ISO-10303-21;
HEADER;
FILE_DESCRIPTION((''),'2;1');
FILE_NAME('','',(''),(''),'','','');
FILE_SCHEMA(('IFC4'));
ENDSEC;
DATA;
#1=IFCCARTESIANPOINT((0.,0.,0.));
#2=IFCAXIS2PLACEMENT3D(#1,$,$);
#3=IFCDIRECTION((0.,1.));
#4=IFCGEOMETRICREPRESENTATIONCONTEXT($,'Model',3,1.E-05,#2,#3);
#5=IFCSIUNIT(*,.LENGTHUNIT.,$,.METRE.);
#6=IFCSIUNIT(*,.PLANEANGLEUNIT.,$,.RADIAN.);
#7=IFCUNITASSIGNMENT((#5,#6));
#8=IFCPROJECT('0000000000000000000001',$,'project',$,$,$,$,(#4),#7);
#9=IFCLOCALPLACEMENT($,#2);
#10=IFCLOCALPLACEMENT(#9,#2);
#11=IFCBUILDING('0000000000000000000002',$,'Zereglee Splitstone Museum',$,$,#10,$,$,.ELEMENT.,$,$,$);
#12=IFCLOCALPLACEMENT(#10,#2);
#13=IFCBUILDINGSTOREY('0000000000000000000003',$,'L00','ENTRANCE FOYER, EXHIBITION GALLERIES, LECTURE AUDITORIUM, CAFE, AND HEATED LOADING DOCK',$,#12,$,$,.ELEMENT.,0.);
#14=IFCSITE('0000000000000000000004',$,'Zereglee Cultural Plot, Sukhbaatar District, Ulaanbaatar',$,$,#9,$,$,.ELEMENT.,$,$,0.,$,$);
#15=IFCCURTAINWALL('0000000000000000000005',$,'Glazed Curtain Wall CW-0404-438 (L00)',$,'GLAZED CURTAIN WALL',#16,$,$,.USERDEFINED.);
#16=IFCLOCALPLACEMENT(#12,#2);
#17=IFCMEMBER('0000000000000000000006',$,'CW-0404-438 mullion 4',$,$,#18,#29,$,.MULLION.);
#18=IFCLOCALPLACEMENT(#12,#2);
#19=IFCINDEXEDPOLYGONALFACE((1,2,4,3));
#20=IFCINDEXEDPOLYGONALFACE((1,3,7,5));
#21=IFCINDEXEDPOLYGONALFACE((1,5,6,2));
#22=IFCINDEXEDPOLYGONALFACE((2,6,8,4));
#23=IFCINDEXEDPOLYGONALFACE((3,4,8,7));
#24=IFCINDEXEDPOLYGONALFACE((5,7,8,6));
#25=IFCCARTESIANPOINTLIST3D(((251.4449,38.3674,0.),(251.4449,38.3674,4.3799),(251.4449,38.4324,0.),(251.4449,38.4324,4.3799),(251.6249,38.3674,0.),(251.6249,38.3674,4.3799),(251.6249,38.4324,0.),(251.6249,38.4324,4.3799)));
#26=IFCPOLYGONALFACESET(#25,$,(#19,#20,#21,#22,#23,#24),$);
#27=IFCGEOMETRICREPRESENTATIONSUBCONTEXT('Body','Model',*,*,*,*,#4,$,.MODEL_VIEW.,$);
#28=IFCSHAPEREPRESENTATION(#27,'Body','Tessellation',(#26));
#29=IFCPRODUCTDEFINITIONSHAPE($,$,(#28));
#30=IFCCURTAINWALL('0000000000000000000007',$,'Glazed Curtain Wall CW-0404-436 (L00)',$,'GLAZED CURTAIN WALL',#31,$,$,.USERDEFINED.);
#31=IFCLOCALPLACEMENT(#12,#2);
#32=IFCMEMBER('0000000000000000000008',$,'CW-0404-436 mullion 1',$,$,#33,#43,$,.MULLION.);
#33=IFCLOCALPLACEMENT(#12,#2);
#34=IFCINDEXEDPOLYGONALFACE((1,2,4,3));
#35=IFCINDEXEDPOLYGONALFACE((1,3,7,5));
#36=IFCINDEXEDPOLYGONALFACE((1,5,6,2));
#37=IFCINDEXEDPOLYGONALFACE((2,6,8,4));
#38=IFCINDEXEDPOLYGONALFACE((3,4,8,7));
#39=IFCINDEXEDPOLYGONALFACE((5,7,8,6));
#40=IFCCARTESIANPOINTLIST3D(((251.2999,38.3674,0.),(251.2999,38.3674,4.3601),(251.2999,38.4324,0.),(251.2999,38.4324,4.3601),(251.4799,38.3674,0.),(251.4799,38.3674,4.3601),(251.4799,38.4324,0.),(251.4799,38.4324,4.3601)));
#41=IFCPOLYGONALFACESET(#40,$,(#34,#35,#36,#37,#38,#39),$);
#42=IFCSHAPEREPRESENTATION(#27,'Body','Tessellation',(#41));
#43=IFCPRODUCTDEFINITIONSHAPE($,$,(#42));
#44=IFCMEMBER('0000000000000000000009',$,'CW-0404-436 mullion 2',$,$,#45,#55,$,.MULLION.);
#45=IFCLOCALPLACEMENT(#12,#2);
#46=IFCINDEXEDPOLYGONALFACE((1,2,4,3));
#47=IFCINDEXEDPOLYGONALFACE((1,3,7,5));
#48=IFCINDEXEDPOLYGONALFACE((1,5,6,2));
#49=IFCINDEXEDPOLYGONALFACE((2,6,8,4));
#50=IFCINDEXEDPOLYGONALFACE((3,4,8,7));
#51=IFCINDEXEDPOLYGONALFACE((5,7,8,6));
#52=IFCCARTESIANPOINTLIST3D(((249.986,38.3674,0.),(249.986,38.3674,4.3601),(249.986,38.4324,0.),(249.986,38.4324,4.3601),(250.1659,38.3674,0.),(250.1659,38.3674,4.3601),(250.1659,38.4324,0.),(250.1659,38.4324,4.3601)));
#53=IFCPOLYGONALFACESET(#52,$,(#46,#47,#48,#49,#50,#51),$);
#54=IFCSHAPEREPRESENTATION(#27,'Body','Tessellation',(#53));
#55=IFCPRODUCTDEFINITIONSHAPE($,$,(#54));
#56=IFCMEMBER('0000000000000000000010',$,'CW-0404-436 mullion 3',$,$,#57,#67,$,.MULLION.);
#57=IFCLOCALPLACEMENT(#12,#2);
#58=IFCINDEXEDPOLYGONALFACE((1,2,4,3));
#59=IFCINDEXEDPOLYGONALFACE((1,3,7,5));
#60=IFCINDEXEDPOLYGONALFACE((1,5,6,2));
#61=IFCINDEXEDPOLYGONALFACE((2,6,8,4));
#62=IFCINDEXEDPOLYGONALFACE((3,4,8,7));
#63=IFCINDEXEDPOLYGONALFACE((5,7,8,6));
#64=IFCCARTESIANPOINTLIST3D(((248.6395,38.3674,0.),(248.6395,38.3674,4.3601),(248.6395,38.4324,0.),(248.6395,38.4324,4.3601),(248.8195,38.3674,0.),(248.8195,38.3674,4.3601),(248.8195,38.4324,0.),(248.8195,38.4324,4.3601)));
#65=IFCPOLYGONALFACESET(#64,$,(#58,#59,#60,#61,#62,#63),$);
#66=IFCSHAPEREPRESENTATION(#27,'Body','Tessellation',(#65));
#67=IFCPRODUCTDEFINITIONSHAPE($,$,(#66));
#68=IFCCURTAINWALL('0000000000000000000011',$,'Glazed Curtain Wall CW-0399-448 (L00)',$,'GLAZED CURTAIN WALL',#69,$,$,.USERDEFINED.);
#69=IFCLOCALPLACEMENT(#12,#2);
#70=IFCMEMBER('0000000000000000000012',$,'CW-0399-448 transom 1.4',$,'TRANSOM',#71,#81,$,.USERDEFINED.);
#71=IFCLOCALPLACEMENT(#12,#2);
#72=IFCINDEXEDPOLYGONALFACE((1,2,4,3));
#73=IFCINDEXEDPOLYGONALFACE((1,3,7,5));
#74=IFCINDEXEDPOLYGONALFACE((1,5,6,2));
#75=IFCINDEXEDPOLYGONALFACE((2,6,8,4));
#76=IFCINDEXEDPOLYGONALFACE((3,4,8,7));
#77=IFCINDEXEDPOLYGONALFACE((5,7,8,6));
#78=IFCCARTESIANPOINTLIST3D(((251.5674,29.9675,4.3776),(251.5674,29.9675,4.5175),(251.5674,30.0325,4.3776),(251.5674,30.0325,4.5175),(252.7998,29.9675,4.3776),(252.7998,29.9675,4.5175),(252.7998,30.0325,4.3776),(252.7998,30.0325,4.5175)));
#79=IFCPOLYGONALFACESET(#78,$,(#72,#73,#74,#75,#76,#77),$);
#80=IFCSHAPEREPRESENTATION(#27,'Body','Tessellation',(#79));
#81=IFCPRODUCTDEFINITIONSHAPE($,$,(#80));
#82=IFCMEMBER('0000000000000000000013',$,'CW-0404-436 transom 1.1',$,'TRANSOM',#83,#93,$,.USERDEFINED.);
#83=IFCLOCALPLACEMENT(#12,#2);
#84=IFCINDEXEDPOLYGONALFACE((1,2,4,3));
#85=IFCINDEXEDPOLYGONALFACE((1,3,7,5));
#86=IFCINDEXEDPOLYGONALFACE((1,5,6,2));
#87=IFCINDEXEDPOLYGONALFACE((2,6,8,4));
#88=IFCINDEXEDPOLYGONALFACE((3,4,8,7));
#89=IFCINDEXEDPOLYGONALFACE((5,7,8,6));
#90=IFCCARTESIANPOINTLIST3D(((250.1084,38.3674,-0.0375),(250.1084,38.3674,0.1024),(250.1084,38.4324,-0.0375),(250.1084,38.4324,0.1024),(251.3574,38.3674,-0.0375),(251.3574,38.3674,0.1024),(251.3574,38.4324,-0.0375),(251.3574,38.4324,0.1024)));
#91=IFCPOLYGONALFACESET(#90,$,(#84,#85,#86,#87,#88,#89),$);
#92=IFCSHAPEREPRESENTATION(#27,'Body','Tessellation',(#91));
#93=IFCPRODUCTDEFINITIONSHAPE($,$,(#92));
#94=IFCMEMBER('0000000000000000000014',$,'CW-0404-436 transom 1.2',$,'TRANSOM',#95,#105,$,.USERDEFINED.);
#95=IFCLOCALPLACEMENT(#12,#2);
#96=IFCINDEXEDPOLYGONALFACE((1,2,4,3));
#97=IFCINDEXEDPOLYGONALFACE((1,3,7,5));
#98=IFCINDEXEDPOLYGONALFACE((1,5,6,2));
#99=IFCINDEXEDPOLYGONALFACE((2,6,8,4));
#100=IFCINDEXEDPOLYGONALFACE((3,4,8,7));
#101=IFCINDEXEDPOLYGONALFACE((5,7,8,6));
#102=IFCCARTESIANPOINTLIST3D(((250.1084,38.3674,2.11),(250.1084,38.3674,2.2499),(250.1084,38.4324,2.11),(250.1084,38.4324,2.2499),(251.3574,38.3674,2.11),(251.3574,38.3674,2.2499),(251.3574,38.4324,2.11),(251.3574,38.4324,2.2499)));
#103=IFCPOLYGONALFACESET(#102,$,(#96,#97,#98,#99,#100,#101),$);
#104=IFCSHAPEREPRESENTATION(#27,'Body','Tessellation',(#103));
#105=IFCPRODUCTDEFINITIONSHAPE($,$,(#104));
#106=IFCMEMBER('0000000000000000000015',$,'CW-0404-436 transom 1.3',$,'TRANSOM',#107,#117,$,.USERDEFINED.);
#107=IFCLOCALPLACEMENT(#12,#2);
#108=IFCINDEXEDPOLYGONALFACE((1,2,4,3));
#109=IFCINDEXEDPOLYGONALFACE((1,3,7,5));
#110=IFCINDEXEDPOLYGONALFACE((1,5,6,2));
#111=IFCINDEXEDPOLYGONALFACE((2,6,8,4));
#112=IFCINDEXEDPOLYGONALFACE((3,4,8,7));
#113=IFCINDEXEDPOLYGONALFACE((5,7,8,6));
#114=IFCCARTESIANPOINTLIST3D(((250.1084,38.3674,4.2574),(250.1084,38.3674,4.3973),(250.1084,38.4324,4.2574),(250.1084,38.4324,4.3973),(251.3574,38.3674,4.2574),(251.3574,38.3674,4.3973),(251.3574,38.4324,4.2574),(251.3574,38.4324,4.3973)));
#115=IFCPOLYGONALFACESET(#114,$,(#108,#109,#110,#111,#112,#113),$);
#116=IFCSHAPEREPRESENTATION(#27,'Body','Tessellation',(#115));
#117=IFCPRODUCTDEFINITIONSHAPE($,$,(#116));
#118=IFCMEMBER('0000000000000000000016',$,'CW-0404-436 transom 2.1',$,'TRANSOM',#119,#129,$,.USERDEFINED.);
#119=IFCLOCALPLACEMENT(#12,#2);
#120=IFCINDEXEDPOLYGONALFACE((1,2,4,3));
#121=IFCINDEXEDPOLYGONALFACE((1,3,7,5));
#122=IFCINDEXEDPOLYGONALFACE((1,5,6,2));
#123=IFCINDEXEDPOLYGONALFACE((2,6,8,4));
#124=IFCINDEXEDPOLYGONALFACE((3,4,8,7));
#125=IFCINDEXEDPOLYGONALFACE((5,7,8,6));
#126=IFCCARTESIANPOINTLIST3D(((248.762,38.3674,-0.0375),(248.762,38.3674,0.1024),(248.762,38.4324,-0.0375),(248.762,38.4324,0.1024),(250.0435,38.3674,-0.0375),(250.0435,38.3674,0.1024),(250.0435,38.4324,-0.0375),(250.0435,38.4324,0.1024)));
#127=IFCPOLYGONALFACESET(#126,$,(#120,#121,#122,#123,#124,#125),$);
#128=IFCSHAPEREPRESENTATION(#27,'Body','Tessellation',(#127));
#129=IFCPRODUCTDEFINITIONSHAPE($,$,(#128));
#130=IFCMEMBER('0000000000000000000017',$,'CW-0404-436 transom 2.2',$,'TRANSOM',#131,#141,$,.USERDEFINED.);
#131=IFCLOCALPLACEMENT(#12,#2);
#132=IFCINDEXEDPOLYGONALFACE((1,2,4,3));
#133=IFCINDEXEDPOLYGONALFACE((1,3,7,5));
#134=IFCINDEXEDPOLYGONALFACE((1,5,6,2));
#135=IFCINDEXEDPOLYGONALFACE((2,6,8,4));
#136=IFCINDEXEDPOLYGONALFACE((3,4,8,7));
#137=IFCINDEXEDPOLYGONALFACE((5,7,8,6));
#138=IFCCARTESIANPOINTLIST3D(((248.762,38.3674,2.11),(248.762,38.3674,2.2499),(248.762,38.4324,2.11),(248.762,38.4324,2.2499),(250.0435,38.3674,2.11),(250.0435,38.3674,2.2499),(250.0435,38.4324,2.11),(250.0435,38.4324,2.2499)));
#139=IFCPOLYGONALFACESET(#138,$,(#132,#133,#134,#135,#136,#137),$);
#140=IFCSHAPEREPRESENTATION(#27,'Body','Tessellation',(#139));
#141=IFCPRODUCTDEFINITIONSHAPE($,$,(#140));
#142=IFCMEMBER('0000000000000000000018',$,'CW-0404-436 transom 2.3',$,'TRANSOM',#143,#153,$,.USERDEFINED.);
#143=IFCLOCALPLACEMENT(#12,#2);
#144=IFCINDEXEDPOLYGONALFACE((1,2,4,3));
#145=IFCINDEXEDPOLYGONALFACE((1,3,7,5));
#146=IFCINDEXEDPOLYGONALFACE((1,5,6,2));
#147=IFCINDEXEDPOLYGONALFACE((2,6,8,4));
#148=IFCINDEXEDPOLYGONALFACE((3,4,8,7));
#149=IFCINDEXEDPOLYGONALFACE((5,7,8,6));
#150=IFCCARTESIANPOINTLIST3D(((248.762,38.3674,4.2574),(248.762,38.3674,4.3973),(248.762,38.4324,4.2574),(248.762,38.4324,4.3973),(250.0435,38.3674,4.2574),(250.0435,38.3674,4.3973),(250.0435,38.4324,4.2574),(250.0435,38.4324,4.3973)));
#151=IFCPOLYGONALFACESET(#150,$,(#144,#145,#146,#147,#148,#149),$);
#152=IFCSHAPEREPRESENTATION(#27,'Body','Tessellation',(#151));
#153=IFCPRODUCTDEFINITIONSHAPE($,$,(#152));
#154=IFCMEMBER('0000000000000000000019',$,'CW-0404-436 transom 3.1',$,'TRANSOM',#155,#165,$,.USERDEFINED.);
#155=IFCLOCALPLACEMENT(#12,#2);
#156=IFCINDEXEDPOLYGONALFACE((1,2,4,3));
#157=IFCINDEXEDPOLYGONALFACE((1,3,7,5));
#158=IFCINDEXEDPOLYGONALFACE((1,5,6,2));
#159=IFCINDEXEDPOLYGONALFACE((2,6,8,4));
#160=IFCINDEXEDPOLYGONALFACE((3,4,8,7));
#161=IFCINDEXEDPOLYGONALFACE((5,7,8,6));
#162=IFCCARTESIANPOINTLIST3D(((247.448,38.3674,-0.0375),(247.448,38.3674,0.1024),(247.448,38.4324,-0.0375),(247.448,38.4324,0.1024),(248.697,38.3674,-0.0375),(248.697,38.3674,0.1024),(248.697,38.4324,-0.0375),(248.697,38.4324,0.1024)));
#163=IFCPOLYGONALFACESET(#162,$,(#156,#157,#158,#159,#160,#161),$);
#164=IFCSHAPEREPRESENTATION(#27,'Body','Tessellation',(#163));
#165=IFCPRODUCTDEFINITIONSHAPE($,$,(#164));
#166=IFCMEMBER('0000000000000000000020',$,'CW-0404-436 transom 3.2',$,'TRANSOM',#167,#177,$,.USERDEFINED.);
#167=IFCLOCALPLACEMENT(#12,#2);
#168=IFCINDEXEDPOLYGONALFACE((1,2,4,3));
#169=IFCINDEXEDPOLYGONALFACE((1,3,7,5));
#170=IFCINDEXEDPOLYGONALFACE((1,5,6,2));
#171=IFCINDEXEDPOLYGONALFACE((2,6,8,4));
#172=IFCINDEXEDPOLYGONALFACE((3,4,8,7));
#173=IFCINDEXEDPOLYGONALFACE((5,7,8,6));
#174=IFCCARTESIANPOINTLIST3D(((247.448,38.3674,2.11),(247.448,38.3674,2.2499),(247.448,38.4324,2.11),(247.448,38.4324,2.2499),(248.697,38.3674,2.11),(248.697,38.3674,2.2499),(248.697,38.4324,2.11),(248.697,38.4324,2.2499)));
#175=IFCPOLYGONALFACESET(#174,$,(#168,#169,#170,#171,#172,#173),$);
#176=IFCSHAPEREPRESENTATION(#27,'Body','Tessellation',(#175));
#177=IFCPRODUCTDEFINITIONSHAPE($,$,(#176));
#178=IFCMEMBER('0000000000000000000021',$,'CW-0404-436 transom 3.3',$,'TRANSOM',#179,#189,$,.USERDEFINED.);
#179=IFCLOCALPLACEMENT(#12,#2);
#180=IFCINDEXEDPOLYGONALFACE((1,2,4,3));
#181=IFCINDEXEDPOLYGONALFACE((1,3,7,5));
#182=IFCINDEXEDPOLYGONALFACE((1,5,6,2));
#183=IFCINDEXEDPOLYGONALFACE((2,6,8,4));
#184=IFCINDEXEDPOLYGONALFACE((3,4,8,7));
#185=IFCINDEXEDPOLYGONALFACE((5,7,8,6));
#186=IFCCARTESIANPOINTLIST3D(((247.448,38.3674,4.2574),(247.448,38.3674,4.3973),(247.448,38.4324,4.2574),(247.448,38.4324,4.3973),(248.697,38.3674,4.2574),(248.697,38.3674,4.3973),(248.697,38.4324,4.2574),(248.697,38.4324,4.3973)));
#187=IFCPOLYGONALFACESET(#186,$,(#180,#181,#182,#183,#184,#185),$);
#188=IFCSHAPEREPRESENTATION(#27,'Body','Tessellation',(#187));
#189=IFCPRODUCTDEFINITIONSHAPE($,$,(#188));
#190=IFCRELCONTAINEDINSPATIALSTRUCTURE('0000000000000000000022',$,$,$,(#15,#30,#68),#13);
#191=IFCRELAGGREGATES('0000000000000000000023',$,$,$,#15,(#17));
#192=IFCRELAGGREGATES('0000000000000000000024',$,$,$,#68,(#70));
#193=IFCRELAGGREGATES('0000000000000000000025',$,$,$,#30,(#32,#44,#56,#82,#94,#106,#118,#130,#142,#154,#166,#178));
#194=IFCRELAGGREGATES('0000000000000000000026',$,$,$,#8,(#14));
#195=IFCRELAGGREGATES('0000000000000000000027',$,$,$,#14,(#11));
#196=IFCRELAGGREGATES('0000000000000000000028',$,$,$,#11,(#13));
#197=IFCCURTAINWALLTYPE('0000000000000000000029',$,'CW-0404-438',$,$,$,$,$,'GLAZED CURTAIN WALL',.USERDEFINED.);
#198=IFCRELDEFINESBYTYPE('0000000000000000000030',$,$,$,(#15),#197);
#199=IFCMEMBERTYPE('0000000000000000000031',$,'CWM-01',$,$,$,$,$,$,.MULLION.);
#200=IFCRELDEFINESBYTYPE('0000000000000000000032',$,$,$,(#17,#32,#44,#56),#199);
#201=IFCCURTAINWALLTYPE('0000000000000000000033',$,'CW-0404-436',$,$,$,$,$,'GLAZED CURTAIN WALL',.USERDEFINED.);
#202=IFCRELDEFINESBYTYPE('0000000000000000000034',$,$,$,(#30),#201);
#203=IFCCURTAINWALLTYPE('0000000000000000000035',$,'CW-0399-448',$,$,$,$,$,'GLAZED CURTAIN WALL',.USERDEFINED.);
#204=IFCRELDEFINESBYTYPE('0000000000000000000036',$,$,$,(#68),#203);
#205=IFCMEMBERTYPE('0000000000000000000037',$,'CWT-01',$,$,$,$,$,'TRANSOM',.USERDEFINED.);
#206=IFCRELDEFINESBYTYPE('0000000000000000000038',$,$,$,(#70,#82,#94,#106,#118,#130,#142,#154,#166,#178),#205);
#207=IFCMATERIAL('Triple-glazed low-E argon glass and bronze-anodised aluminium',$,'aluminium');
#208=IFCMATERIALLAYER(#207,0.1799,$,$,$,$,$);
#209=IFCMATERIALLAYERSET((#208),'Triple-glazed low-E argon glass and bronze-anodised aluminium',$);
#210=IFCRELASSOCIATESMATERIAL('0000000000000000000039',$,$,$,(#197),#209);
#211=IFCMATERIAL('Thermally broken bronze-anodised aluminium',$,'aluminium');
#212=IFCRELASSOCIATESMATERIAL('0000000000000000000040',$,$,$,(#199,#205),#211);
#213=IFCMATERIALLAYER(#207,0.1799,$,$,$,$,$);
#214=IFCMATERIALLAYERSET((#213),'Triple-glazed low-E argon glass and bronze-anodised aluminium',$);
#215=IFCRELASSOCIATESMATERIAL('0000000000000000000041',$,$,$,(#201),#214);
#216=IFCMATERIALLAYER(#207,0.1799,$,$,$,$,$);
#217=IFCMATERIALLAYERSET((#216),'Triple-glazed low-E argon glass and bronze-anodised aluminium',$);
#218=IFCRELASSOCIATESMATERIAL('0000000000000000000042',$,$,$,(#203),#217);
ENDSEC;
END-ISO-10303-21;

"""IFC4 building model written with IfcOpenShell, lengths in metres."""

from ifc_helpers import new_model, si_unit, direction, frame, origin, origin_2d, place, context, subcontext, project, spatial, rectangle, extrude, material, layer, layer_set, material_profile, profile_set, type_object, element, aggregate, save


model = new_model("IFC4")

# Units and contexts
model_context = context("Model", 3, precision=1e-05, world=origin(), true_north=direction((0.0, 1.0)))
body_context = subcontext(model_context, "Body", "Model", "MODEL_VIEW")
ifc_project = project(units=[si_unit("LENGTHUNIT", "METRE"), si_unit("PLANEANGLEUNIT", "RADIAN")], contexts=[model_context])

# Site, building, storey
site_placement = place(None, origin())
site = spatial("IfcSite", under=ifc_project, at=site_placement, Name="Zereglee Cultural Plot, Sukhbaatar District, Ulaanbaatar", CompositionType="ELEMENT", RefElevation=0.0)
building_placement = place(site_placement, origin())
building = spatial("IfcBuilding", under=site, at=building_placement, Name="Zereglee Splitstone Museum", CompositionType="ELEMENT")
storey_placement = place(building_placement, origin())
storey = spatial("IfcBuildingStorey", under=building, at=storey_placement, Name="L00", Description="ENTRANCE FOYER, EXHIBITION GALLERIES, LECTURE AUDITORIUM, CAFE, AND HEATED LOADING DOCK", CompositionType="ELEMENT", Elevation=0.0)

# Curtain wall, member
ifc_material_1 = material(Name="Triple-glazed low-E argon glass and bronze-anodised aluminium", Category="aluminium")
ifc_layer_1 = layer(ifc_material_1, 0.1799)
ifc_layer_set_1 = layer_set([ifc_layer_1], Name="Triple-glazed low-E argon glass and bronze-anodised aluminium")
curtain_wall_type_1 = type_object("IfcCurtainWallType", Name="CW-0404-438", ElementType="GLAZED CURTAIN WALL", PredefinedType="USERDEFINED", material=ifc_layer_set_1)
curtain_wall_1_placement = place(storey_placement, origin())
curtain_wall_1 = element("IfcCurtainWall", 1, at=curtain_wall_1_placement, inside=storey, type_object=curtain_wall_type_1, Name="Glazed Curtain Wall CW-0404-438 (L00)", ObjectType="GLAZED CURTAIN WALL", PredefinedType="USERDEFINED")
ifc_material_2 = material(Name="Thermally broken bronze-anodised aluminium", Category="aluminium")
ifc_material_profile_1 = material_profile(ifc_material_2, rectangle(XDim=0.0649, YDim=0.1799, at=origin_2d()), Name="CW MULL 65x180")
ifc_profile_set_1 = profile_set([ifc_material_profile_1], Name="Thermally broken bronze-anodised aluminium")
member_type_1 = type_object("IfcMemberType", Name="CWM-01", PredefinedType="MULLION", material=ifc_profile_set_1)
member_1_placement = place(storey_placement, frame((251.5349, 38.3999, 0.0), z_axis=(0.0, 0.0, 1.0), x_axis=(0.0, -1.0, 0.0)))
member_1 = element("IfcMember", 2, at=member_1_placement, type_object=member_type_1, Name="CW-0404-438 mullion 4", PredefinedType="MULLION", context=body_context, shape_type="SweptSolid", body=[
    extrude(rectangle(XDim=0.0649, YDim=0.1799, at=origin_2d()), origin(), (0.0, 0.0, 1.0), 4.3799),
])
aggregate(curtain_wall_1, [member_1])

# Curtain wall, members
ifc_layer_2 = layer(ifc_material_1, 0.1799)
ifc_layer_set_2 = layer_set([ifc_layer_2], Name="Triple-glazed low-E argon glass and bronze-anodised aluminium")
curtain_wall_type_2 = type_object("IfcCurtainWallType", Name="CW-0404-436", ElementType="GLAZED CURTAIN WALL", PredefinedType="USERDEFINED", material=ifc_layer_set_2)
curtain_wall_2_placement = place(storey_placement, origin())
curtain_wall_2 = element("IfcCurtainWall", 3, at=curtain_wall_2_placement, inside=storey, type_object=curtain_wall_type_2, Name="Glazed Curtain Wall CW-0404-436 (L00)", ObjectType="GLAZED CURTAIN WALL", PredefinedType="USERDEFINED")
member_2_placement = place(storey_placement, frame((251.3899, 38.3999, 0.0), z_axis=(0.0, 0.0, 1.0), x_axis=(0.0, -1.0, 0.0)))
member_2 = element("IfcMember", 4, at=member_2_placement, type_object=member_type_1, Name="CW-0404-436 mullion 1", PredefinedType="MULLION", context=body_context, shape_type="SweptSolid", body=[
    extrude(rectangle(XDim=0.0649, YDim=0.1799, at=origin_2d()), origin(), (0.0, 0.0, 1.0), 4.3601),
])
member_3_placement = place(storey_placement, frame((250.0759, 38.3999, 0.0), z_axis=(0.0, 0.0, 1.0), x_axis=(0.0, -1.0, 0.0)))
member_3 = element("IfcMember", 5, at=member_3_placement, type_object=member_type_1, Name="CW-0404-436 mullion 2", PredefinedType="MULLION", context=body_context, shape_type="SweptSolid", body=[
    extrude(rectangle(XDim=0.0649, YDim=0.1799, at=origin_2d()), origin(), (0.0, 0.0, 1.0), 4.3601),
])
member_4_placement = place(storey_placement, frame((248.7295, 38.3999, 0.0), z_axis=(0.0, 0.0, 1.0), x_axis=(0.0, -1.0, 0.0)))
member_4 = element("IfcMember", 6, at=member_4_placement, type_object=member_type_1, Name="CW-0404-436 mullion 3", PredefinedType="MULLION", context=body_context, shape_type="SweptSolid", body=[
    extrude(rectangle(XDim=0.0649, YDim=0.1799, at=origin_2d()), origin(), (0.0, 0.0, 1.0), 4.3601),
])

# Curtain wall, member
ifc_layer_3 = layer(ifc_material_1, 0.1799)
ifc_layer_set_3 = layer_set([ifc_layer_3], Name="Triple-glazed low-E argon glass and bronze-anodised aluminium")
curtain_wall_type_3 = type_object("IfcCurtainWallType", Name="CW-0399-448", ElementType="GLAZED CURTAIN WALL", PredefinedType="USERDEFINED", material=ifc_layer_set_3)
curtain_wall_3_placement = place(storey_placement, origin())
curtain_wall_3 = element("IfcCurtainWall", 7, at=curtain_wall_3_placement, inside=storey, type_object=curtain_wall_type_3, Name="Glazed Curtain Wall CW-0399-448 (L00)", ObjectType="GLAZED CURTAIN WALL", PredefinedType="USERDEFINED")
ifc_material_profile_2 = material_profile(ifc_material_2, rectangle(XDim=0.0649, YDim=0.1399, at=origin_2d()), Name="CW TRAN 65x140")
ifc_profile_set_2 = profile_set([ifc_material_profile_2], Name="Thermally broken bronze-anodised aluminium")
member_type_2 = type_object("IfcMemberType", Name="CWT-01", ElementType="TRANSOM", PredefinedType="USERDEFINED", material=ifc_profile_set_2)
member_5_placement = place(storey_placement, frame((251.5674, 30.0, 4.4475), z_axis=(1.0, 0.0, 0.0), x_axis=(0.0, 1.0, 0.0)))
member_5 = element("IfcMember", 8, at=member_5_placement, type_object=member_type_2, Name="CW-0399-448 transom 1.4", ObjectType="TRANSOM", PredefinedType="USERDEFINED", context=body_context, shape_type="SweptSolid", body=[
    extrude(rectangle(XDim=0.0649, YDim=0.1399, at=origin_2d()), origin(), (0.0, 0.0, 1.0), 1.2324),
])
aggregate(curtain_wall_3, [member_5])

# Members
member_6_placement = place(storey_placement, frame((251.3574, 38.3999, 0.0325), z_axis=(-1.0, 0.0, 0.0), x_axis=(0.0, -1.0, 0.0)))
member_6 = element("IfcMember", 9, at=member_6_placement, type_object=member_type_2, Name="CW-0404-436 transom 1.1", ObjectType="TRANSOM", PredefinedType="USERDEFINED", context=body_context, shape_type="SweptSolid", body=[
    extrude(rectangle(XDim=0.0649, YDim=0.1399, at=origin_2d()), origin(), (0.0, 0.0, 1.0), 1.249),
])
member_7_placement = place(storey_placement, frame((251.3574, 38.3999, 2.1799), z_axis=(-1.0, 0.0, 0.0), x_axis=(0.0, -1.0, 0.0)))
member_7 = element("IfcMember", 10, at=member_7_placement, type_object=member_type_2, Name="CW-0404-436 transom 1.2", ObjectType="TRANSOM", PredefinedType="USERDEFINED", context=body_context, shape_type="SweptSolid", body=[
    extrude(rectangle(XDim=0.0649, YDim=0.1399, at=origin_2d()), origin(), (0.0, 0.0, 1.0), 1.249),
])
member_8_placement = place(storey_placement, frame((251.3574, 38.3999, 4.3274), z_axis=(-1.0, 0.0, 0.0), x_axis=(0.0, -1.0, 0.0)))
member_8 = element("IfcMember", 11, at=member_8_placement, type_object=member_type_2, Name="CW-0404-436 transom 1.3", ObjectType="TRANSOM", PredefinedType="USERDEFINED", context=body_context, shape_type="SweptSolid", body=[
    extrude(rectangle(XDim=0.0649, YDim=0.1399, at=origin_2d()), origin(), (0.0, 0.0, 1.0), 1.249),
])
member_9_placement = place(storey_placement, frame((250.0435, 38.3999, 0.0325), z_axis=(-1.0, 0.0, 0.0), x_axis=(0.0, -1.0, 0.0)))
member_9 = element("IfcMember", 12, at=member_9_placement, type_object=member_type_2, Name="CW-0404-436 transom 2.1", ObjectType="TRANSOM", PredefinedType="USERDEFINED", context=body_context, shape_type="SweptSolid", body=[
    extrude(rectangle(XDim=0.0649, YDim=0.1399, at=origin_2d()), origin(), (0.0, 0.0, 1.0), 1.2815),
])
member_10_placement = place(storey_placement, frame((250.0435, 38.3999, 2.1799), z_axis=(-1.0, 0.0, 0.0), x_axis=(0.0, -1.0, 0.0)))
member_10 = element("IfcMember", 13, at=member_10_placement, type_object=member_type_2, Name="CW-0404-436 transom 2.2", ObjectType="TRANSOM", PredefinedType="USERDEFINED", context=body_context, shape_type="SweptSolid", body=[
    extrude(rectangle(XDim=0.0649, YDim=0.1399, at=origin_2d()), origin(), (0.0, 0.0, 1.0), 1.2815),
])
member_11_placement = place(storey_placement, frame((250.0435, 38.3999, 4.3274), z_axis=(-1.0, 0.0, 0.0), x_axis=(0.0, -1.0, 0.0)))
member_11 = element("IfcMember", 14, at=member_11_placement, type_object=member_type_2, Name="CW-0404-436 transom 2.3", ObjectType="TRANSOM", PredefinedType="USERDEFINED", context=body_context, shape_type="SweptSolid", body=[
    extrude(rectangle(XDim=0.0649, YDim=0.1399, at=origin_2d()), origin(), (0.0, 0.0, 1.0), 1.2815),
])
member_12_placement = place(storey_placement, frame((248.697, 38.3999, 0.0325), z_axis=(-1.0, 0.0, 0.0), x_axis=(0.0, -1.0, 0.0)))
member_12 = element("IfcMember", 15, at=member_12_placement, type_object=member_type_2, Name="CW-0404-436 transom 3.1", ObjectType="TRANSOM", PredefinedType="USERDEFINED", context=body_context, shape_type="SweptSolid", body=[
    extrude(rectangle(XDim=0.0649, YDim=0.1399, at=origin_2d()), origin(), (0.0, 0.0, 1.0), 1.249),
])
member_13_placement = place(storey_placement, frame((248.697, 38.3999, 2.1799), z_axis=(-1.0, 0.0, 0.0), x_axis=(0.0, -1.0, 0.0)))
member_13 = element("IfcMember", 16, at=member_13_placement, type_object=member_type_2, Name="CW-0404-436 transom 3.2", ObjectType="TRANSOM", PredefinedType="USERDEFINED", context=body_context, shape_type="SweptSolid", body=[
    extrude(rectangle(XDim=0.0649, YDim=0.1399, at=origin_2d()), origin(), (0.0, 0.0, 1.0), 1.249),
])
member_14_placement = place(storey_placement, frame((248.697, 38.3999, 4.3274), z_axis=(-1.0, 0.0, 0.0), x_axis=(0.0, -1.0, 0.0)))
member_14 = element("IfcMember", 17, at=member_14_placement, type_object=member_type_2, Name="CW-0404-436 transom 3.3", ObjectType="TRANSOM", PredefinedType="USERDEFINED", context=body_context, shape_type="SweptSolid", body=[
    extrude(rectangle(XDim=0.0649, YDim=0.1399, at=origin_2d()), origin(), (0.0, 0.0, 1.0), 1.249),
])

aggregate(curtain_wall_2, [member_2, member_3, member_4, member_6, member_7, member_8, member_9, member_10, member_11, member_12, member_13, member_14])

save(model, "model.ifc")
